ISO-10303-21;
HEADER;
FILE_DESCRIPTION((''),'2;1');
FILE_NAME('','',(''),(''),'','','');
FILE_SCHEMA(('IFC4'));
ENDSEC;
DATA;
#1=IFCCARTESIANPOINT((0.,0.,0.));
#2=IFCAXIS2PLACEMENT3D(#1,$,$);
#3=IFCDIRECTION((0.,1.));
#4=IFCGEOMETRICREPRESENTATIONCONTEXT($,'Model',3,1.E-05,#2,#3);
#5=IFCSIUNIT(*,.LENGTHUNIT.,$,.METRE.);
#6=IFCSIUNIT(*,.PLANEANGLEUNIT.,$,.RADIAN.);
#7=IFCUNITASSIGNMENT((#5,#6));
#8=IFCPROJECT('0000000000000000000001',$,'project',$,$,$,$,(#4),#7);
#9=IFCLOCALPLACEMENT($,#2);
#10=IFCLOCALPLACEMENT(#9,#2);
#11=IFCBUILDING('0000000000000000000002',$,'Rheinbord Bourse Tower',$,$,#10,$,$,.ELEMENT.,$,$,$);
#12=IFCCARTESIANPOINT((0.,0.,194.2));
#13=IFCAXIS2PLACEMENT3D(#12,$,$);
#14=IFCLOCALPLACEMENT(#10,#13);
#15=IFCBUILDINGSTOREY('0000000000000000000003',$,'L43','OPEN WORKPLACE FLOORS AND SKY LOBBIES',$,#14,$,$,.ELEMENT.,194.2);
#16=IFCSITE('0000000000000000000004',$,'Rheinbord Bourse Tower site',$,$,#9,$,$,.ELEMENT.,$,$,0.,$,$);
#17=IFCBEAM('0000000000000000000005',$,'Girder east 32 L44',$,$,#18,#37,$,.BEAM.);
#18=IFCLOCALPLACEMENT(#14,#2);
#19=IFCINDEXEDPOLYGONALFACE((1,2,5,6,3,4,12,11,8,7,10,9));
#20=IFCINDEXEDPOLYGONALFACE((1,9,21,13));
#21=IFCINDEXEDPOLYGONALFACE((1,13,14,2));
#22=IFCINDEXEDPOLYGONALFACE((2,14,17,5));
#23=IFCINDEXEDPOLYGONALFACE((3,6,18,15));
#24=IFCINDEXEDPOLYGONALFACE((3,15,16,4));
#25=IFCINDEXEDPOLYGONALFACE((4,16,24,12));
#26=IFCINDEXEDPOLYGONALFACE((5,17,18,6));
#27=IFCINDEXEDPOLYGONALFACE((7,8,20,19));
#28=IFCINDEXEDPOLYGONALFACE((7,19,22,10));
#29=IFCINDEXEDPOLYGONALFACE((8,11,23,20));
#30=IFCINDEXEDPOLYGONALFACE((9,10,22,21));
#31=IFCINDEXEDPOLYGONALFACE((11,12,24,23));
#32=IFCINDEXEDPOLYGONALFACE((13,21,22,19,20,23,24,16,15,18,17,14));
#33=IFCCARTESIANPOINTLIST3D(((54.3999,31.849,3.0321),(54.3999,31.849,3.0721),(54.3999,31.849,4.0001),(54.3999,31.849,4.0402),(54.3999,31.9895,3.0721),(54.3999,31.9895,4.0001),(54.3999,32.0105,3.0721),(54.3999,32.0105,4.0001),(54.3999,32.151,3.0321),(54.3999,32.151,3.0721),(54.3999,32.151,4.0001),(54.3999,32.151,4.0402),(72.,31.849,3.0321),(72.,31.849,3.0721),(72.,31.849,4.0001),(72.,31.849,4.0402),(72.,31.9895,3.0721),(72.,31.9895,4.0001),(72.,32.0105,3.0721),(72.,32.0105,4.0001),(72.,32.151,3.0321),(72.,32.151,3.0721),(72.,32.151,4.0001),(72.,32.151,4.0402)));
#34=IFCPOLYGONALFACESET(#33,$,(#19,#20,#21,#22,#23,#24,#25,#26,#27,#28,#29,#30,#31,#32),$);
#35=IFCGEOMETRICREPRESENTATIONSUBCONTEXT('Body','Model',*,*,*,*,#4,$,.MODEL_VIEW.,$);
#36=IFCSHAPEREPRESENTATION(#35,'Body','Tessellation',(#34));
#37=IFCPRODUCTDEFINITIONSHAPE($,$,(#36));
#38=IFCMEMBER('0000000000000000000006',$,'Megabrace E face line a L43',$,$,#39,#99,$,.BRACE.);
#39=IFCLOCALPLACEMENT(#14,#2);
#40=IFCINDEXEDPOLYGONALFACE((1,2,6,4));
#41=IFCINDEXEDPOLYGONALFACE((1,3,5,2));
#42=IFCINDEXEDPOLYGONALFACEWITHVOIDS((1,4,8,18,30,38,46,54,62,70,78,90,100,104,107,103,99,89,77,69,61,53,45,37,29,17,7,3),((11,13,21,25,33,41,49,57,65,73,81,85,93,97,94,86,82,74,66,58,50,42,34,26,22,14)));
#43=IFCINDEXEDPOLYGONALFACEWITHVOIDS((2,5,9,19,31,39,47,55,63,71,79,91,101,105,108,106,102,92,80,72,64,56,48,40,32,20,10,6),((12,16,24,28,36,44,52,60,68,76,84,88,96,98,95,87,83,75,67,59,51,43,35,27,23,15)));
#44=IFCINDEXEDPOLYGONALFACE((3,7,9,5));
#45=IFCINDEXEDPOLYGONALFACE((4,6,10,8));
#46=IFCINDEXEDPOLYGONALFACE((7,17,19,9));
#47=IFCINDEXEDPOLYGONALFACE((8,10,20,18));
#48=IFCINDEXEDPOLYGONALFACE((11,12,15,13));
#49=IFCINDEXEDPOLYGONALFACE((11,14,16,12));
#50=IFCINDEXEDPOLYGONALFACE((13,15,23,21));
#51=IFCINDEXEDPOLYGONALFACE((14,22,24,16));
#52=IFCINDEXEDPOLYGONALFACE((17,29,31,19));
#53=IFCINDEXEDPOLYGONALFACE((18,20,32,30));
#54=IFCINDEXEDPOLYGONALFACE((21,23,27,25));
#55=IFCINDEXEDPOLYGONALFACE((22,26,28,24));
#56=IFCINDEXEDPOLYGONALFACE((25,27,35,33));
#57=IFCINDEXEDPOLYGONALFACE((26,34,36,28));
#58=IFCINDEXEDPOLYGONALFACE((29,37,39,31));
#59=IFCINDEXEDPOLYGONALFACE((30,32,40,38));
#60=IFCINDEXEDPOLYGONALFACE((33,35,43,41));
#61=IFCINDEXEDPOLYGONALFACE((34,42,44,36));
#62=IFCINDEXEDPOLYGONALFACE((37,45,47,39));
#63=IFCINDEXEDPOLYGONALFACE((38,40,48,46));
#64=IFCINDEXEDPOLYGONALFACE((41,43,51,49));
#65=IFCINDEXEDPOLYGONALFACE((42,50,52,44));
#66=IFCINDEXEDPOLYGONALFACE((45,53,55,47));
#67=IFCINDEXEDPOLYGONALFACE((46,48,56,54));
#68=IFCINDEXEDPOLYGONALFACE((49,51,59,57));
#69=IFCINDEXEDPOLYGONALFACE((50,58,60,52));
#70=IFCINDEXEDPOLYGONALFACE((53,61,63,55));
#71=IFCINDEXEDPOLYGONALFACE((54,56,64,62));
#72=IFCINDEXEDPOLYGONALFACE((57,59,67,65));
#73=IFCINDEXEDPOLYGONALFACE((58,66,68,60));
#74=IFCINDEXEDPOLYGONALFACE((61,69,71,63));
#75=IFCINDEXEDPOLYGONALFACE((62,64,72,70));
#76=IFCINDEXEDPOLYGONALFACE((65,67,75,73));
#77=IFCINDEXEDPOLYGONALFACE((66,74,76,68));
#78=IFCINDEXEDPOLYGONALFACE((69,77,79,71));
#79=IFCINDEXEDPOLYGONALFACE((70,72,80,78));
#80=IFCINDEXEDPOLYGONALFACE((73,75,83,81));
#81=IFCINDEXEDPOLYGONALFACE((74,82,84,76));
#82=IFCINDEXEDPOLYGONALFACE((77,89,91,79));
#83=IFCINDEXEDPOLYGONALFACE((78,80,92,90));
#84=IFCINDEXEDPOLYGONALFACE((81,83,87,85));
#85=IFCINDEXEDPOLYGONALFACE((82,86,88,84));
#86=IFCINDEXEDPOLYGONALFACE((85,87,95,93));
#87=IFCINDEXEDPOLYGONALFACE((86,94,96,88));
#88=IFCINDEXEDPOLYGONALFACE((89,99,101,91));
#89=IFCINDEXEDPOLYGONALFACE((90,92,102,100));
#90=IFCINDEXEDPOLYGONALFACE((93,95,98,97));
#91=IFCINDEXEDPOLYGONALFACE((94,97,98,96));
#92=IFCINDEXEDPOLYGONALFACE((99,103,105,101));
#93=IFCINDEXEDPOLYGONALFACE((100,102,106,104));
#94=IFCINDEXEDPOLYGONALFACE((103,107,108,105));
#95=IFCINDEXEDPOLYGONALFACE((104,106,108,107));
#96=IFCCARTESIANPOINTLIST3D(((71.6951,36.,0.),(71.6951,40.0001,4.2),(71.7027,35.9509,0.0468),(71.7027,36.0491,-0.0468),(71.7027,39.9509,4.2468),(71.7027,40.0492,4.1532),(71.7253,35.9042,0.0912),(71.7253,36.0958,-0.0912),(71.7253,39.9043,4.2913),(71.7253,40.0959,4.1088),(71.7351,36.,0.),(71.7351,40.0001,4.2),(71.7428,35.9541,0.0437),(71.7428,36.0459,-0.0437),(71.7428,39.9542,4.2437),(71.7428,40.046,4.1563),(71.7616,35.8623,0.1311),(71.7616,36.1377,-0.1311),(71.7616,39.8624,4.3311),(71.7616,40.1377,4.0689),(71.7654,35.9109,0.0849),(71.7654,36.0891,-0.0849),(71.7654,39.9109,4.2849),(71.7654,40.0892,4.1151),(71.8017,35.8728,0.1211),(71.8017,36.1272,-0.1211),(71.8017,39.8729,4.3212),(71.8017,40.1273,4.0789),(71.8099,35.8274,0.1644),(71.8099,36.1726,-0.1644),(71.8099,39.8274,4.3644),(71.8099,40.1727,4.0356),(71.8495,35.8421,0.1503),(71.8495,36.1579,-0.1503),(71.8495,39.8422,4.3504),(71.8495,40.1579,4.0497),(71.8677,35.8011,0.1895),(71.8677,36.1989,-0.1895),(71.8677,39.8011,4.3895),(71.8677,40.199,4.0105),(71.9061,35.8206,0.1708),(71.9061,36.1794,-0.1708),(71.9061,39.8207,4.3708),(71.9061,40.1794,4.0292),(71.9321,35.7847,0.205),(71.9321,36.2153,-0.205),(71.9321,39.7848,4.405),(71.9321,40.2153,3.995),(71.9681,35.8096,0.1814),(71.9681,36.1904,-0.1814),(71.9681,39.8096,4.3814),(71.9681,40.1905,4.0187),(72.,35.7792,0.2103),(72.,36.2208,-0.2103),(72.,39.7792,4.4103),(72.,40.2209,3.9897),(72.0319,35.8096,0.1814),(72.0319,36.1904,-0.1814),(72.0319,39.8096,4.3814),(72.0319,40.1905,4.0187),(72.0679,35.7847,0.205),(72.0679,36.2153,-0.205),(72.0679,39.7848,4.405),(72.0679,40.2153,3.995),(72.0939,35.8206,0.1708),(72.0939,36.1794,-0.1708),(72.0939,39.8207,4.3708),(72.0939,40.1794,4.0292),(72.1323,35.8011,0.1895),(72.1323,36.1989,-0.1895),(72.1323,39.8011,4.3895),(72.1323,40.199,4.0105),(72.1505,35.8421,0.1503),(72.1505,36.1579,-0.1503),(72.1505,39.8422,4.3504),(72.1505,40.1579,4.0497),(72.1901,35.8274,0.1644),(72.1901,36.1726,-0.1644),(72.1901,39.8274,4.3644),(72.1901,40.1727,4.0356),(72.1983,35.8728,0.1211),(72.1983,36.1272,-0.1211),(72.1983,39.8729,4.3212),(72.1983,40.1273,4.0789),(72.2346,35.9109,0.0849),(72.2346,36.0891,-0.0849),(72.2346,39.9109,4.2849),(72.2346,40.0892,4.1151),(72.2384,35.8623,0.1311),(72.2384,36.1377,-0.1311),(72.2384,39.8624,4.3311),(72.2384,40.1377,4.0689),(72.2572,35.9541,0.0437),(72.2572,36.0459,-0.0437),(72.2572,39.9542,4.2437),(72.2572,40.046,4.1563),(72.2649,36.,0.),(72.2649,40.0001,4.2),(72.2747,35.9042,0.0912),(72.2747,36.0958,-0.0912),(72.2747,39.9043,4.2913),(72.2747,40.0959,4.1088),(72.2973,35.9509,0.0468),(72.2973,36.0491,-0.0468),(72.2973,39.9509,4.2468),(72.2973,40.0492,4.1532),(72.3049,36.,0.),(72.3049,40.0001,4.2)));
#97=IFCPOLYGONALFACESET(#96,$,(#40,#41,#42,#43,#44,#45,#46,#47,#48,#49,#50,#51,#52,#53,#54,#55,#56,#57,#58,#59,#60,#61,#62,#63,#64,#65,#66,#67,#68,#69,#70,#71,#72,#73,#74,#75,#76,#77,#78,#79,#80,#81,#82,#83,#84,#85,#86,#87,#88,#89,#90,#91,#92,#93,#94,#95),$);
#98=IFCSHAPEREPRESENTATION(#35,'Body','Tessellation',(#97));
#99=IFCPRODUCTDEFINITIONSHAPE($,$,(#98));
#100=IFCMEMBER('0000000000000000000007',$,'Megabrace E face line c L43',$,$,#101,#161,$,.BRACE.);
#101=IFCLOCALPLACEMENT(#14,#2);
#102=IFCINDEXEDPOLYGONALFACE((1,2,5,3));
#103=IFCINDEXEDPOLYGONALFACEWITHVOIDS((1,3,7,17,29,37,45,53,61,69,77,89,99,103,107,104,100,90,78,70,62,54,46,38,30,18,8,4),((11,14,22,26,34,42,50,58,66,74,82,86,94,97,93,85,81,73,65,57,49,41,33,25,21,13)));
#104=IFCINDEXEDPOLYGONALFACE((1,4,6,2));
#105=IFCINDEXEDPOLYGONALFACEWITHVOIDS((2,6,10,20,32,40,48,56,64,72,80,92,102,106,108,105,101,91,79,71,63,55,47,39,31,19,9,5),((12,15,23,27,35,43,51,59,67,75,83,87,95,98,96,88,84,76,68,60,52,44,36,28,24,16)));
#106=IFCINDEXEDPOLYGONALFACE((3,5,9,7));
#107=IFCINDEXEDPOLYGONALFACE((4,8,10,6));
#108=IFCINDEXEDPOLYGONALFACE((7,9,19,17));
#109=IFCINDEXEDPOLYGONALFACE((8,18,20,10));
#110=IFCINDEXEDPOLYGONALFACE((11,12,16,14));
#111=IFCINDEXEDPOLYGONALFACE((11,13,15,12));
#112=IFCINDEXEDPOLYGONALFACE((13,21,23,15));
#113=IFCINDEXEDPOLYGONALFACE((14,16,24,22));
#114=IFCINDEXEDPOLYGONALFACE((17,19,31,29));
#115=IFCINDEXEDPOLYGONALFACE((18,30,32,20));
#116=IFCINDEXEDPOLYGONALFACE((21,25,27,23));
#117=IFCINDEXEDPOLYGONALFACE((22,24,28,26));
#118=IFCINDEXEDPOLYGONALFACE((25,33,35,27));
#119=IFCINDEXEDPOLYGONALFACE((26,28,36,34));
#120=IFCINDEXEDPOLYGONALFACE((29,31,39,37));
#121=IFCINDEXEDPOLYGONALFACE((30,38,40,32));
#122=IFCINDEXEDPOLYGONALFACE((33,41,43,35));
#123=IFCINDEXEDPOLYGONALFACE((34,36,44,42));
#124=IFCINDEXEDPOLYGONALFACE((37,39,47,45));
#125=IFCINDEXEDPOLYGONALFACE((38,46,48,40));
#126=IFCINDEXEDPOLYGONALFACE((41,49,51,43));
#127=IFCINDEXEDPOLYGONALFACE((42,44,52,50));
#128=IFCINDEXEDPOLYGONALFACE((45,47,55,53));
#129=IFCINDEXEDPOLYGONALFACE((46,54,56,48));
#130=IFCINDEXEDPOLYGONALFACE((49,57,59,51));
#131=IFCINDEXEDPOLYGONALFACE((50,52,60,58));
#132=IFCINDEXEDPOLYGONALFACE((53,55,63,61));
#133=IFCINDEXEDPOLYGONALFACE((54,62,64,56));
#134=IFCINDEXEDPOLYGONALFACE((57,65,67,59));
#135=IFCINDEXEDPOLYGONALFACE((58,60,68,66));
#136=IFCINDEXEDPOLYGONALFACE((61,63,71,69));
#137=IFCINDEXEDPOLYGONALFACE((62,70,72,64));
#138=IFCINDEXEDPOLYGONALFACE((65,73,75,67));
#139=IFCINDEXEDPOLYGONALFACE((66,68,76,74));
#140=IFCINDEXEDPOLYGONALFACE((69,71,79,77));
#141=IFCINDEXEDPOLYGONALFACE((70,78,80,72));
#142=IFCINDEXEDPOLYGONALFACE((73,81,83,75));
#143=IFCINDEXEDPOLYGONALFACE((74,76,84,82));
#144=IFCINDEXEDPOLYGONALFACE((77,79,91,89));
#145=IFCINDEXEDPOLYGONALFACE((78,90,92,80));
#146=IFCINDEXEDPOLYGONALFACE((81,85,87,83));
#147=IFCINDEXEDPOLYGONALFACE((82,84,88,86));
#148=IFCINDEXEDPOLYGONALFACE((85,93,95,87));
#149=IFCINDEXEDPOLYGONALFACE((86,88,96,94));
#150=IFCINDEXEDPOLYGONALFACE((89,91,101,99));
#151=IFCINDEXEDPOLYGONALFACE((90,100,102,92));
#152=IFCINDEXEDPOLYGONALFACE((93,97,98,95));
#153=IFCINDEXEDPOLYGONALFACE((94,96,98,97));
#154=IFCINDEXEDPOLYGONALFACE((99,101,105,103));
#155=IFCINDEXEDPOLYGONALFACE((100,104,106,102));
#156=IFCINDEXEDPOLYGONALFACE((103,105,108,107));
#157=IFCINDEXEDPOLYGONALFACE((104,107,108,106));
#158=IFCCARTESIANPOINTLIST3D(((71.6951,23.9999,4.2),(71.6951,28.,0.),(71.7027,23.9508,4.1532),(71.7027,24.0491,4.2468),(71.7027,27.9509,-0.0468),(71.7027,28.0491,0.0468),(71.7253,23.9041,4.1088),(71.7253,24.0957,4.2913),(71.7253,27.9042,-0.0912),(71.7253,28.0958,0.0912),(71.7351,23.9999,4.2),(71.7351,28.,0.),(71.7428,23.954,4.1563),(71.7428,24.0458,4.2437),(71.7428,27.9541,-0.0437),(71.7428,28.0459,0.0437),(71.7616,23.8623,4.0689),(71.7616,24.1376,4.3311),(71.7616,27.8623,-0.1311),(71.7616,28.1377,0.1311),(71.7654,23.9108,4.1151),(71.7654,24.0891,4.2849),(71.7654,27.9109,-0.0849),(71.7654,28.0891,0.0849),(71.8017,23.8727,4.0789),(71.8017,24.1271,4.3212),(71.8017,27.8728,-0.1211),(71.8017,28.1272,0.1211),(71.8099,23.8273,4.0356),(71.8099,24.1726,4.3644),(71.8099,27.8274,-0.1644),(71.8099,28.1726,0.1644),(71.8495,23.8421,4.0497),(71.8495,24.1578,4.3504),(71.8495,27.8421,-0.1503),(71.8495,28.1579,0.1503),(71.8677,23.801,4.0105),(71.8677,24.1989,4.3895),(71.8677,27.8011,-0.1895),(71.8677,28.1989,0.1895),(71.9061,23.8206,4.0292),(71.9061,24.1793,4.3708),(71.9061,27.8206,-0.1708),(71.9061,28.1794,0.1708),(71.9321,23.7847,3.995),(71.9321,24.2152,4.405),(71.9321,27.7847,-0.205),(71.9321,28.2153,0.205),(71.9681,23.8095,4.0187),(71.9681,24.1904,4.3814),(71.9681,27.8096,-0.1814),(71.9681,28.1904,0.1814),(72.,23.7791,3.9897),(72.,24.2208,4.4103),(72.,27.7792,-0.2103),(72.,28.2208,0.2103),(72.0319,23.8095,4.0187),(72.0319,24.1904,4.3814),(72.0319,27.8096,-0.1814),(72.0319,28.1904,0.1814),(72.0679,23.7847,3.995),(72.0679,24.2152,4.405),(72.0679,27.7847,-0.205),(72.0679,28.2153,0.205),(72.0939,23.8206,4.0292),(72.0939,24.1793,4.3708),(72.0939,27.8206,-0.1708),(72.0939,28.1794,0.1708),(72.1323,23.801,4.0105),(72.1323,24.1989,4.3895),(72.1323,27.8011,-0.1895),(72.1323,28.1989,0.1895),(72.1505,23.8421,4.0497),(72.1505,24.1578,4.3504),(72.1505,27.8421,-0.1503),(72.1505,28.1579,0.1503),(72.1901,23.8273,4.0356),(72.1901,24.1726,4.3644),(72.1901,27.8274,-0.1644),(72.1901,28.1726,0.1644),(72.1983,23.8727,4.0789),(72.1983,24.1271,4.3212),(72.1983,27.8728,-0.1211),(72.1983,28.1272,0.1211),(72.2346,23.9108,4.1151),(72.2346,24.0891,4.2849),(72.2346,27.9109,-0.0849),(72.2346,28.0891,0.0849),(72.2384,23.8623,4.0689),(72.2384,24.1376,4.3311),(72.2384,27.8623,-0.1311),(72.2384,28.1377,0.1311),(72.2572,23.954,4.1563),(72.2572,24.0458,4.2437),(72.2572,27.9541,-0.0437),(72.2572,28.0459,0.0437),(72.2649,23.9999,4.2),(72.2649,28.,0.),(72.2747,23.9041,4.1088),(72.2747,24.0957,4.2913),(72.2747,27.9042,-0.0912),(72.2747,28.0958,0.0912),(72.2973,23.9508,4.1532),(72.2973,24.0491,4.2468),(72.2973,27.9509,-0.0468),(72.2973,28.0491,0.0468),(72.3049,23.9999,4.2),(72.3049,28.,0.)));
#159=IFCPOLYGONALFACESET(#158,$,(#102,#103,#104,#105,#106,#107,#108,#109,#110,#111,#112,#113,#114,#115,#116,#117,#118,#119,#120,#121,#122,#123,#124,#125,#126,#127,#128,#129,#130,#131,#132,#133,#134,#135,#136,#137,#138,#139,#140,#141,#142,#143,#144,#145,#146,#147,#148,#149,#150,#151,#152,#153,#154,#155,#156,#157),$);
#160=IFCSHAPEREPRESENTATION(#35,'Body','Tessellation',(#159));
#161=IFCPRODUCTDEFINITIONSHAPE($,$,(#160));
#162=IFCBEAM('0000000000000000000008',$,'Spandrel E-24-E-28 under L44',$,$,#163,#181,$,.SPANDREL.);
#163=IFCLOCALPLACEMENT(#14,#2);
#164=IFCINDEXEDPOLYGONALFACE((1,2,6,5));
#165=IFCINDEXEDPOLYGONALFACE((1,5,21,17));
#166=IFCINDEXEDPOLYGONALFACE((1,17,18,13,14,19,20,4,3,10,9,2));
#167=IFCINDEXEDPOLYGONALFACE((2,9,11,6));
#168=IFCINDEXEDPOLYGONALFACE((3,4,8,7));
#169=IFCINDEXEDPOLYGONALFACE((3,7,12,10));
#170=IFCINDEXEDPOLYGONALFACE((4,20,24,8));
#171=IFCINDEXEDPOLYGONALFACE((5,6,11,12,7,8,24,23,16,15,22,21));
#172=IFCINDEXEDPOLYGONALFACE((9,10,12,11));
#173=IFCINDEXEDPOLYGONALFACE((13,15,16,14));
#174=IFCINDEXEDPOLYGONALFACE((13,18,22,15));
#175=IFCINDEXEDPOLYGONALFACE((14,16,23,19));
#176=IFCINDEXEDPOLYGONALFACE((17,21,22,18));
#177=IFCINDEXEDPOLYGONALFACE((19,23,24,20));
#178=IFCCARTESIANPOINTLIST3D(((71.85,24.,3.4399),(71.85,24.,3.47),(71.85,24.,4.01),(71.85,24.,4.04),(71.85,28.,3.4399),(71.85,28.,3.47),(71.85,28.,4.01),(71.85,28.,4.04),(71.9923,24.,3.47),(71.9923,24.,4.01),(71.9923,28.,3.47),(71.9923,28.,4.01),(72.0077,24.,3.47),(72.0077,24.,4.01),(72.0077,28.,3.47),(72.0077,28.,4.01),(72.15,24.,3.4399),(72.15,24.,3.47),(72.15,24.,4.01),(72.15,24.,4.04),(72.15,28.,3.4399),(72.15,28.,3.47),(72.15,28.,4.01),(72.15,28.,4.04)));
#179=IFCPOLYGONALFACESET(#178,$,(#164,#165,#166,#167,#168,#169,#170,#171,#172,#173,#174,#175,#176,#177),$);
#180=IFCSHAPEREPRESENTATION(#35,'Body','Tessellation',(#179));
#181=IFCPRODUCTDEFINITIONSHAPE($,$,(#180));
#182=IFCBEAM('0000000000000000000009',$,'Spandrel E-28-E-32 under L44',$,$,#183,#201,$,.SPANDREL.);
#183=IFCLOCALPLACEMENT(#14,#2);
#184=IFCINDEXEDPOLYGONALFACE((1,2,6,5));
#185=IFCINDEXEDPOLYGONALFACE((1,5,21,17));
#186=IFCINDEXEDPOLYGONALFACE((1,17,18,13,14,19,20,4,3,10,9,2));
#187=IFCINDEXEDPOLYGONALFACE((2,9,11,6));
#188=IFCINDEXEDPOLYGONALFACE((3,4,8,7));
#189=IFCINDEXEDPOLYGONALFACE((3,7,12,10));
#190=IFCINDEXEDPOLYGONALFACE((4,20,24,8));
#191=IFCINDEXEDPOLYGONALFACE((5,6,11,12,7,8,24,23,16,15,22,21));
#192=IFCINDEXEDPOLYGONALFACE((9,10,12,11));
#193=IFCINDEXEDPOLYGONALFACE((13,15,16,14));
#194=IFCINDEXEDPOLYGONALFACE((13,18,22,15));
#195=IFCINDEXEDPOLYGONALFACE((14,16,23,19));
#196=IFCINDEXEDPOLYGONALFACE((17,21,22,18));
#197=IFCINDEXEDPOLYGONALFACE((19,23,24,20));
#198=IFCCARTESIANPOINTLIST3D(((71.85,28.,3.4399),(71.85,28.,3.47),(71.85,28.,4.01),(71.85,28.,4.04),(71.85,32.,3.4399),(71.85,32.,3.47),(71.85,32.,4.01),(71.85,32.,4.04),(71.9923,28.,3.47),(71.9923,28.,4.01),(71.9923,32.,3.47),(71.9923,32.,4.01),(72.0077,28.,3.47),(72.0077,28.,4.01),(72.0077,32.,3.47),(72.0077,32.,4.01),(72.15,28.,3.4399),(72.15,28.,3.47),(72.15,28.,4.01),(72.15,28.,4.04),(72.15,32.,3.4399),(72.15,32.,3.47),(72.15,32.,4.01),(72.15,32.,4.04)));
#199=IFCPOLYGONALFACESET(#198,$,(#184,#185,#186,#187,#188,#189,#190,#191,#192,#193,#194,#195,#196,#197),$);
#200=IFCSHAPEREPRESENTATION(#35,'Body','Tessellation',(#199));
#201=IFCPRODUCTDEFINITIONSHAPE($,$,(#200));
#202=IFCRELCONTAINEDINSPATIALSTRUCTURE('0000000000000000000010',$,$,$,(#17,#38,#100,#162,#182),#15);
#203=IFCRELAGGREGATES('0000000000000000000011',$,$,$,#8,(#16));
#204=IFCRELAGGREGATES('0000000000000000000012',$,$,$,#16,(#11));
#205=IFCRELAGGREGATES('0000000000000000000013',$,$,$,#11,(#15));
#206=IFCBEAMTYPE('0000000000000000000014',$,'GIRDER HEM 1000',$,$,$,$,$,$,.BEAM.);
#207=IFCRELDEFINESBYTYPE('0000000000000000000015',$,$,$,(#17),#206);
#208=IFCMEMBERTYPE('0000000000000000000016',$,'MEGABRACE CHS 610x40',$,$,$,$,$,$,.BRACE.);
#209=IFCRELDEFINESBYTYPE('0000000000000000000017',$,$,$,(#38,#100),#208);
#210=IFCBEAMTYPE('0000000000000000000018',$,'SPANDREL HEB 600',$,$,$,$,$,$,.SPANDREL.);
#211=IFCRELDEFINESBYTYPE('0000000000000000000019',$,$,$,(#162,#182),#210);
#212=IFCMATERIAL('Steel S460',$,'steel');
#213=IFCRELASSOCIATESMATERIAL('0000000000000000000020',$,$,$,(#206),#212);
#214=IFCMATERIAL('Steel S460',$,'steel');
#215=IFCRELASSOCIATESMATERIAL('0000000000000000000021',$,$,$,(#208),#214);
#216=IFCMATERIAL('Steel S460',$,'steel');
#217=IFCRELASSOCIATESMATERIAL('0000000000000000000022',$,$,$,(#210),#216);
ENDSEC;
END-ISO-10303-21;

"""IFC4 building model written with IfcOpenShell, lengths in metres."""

from ifc_helpers import new_model, si_unit, direction, frame, origin, origin_2d, place, context, subcontext, project, spatial, hollow_circle, i_section, extrude, material, material_profile, profile_set, type_object, element, save


model = new_model("IFC4")

# Units and contexts
model_context = context("Model", 3, precision=1e-05, world=origin(), true_north=direction((0.0, 1.0)))
body_context = subcontext(model_context, "Body", "Model", "MODEL_VIEW")
ifc_project = project(units=[si_unit("LENGTHUNIT", "METRE"), si_unit("PLANEANGLEUNIT", "RADIAN")], contexts=[model_context])

# Site, building, storey
site_placement = place(None, origin())
site = spatial("IfcSite", under=ifc_project, at=site_placement, Name="Rheinbord Bourse Tower site", CompositionType="ELEMENT", RefElevation=0.0)
building_placement = place(site_placement, origin())
building = spatial("IfcBuilding", under=site, at=building_placement, Name="Rheinbord Bourse Tower", CompositionType="ELEMENT")
storey_placement = place(building_placement, frame((0.0, 0.0, 194.2)))
storey = spatial("IfcBuildingStorey", under=building, at=storey_placement, Name="L43", Description="OPEN WORKPLACE FLOORS AND SKY LOBBIES", CompositionType="ELEMENT", Elevation=194.2)

# Beam
ifc_material_1 = material(Name="Steel S460", Category="steel")
ifc_material_profile_1 = material_profile(ifc_material_1, i_section(OverallWidth=0.302, OverallDepth=1.0081, WebThickness=0.021, FlangeThickness=0.04, at=origin_2d()), Name="HEM 1000")
ifc_profile_set_1 = profile_set([ifc_material_profile_1], Name="Steel S460")
beam_type_1 = type_object("IfcBeamType", Name="GIRDER HEM 1000", PredefinedType="BEAM", material=ifc_profile_set_1)
beam_1_placement = place(storey_placement, frame((54.3999, 32.0, 3.5361), z_axis=(1.0, 0.0, 0.0), x_axis=(0.0, 1.0, 0.0)))
element("IfcBeam", 1, at=beam_1_placement, inside=storey, type_object=beam_type_1, Name="Girder east 32 L44", PredefinedType="BEAM", context=body_context, shape_type="SweptSolid", body=[
    extrude(i_section(OverallWidth=0.302, OverallDepth=1.0081, WebThickness=0.021, FlangeThickness=0.04, at=origin_2d()), origin(), (0.0, 0.0, 1.0), 17.6001),
])

# Members
ifc_material_2 = material(Name="Steel S460", Category="steel")
ifc_material_profile_2 = material_profile(ifc_material_2, hollow_circle(Radius=0.3049, WallThickness=0.04, at=origin_2d()), Name="CHS 610x40")
ifc_profile_set_2 = profile_set([ifc_material_profile_2], Name="Steel S460")
member_type_1 = type_object("IfcMemberType", Name="MEGABRACE CHS 610x40", PredefinedType="BRACE", material=ifc_profile_set_2)
for number, where, z_axis, x_axis, name in (
    (2, (72.0, 36.0, 0.0), (0.0, 0.689659, 0.724134), (-1.0, 0.0, 0.0), "Megabrace E face line a L43"),
    (3, (72.0, 28.0, 0.0), (0.0, -0.689659, 0.724134), (1.0, 0.0, 0.0), "Megabrace E face line c L43"),
):
    element("IfcMember", number, at=place(storey_placement, frame(where, z_axis=z_axis, x_axis=x_axis)), inside=storey, type_object=member_type_1, Name=name, PredefinedType="BRACE", context=body_context, shape_type="SweptSolid", body=[
        extrude(hollow_circle(Radius=0.3049, WallThickness=0.04, at=origin_2d()), origin(), (0.0, 0.0, 1.0), 5.8),
    ])

# Beams
ifc_material_3 = material(Name="Steel S460", Category="steel")
ifc_material_profile_3 = material_profile(ifc_material_3, i_section(OverallWidth=0.3, OverallDepth=0.6001, WebThickness=0.0154, FlangeThickness=0.03, at=origin_2d()), Name="HEB 600")
ifc_profile_set_3 = profile_set([ifc_material_profile_3], Name="Steel S460")
beam_type_2 = type_object("IfcBeamType", Name="SPANDREL HEB 600", PredefinedType="SPANDREL", material=ifc_profile_set_3)
for number, where, z_axis, x_axis, name in (
    (4, (72.0, 24.0, 3.74), (0.0, 1.0, 0.0), (-1.0, 0.0, 0.0), "Spandrel E-24-E-28 under L44"),
    (5, (72.0, 28.0, 3.74), (0.0, 1.0, 0.0), (-1.0, 0.0, 0.0), "Spandrel E-28-E-32 under L44"),
):
    element("IfcBeam", number, at=place(storey_placement, frame(where, z_axis=z_axis, x_axis=x_axis)), inside=storey, type_object=beam_type_2, Name=name, PredefinedType="SPANDREL", context=body_context, shape_type="SweptSolid", body=[
        extrude(i_section(OverallWidth=0.3, OverallDepth=0.6001, WebThickness=0.0154, FlangeThickness=0.03, at=origin_2d()), origin(), (0.0, 0.0, 1.0), 4.0),
    ])

save(model, "model.ifc")
